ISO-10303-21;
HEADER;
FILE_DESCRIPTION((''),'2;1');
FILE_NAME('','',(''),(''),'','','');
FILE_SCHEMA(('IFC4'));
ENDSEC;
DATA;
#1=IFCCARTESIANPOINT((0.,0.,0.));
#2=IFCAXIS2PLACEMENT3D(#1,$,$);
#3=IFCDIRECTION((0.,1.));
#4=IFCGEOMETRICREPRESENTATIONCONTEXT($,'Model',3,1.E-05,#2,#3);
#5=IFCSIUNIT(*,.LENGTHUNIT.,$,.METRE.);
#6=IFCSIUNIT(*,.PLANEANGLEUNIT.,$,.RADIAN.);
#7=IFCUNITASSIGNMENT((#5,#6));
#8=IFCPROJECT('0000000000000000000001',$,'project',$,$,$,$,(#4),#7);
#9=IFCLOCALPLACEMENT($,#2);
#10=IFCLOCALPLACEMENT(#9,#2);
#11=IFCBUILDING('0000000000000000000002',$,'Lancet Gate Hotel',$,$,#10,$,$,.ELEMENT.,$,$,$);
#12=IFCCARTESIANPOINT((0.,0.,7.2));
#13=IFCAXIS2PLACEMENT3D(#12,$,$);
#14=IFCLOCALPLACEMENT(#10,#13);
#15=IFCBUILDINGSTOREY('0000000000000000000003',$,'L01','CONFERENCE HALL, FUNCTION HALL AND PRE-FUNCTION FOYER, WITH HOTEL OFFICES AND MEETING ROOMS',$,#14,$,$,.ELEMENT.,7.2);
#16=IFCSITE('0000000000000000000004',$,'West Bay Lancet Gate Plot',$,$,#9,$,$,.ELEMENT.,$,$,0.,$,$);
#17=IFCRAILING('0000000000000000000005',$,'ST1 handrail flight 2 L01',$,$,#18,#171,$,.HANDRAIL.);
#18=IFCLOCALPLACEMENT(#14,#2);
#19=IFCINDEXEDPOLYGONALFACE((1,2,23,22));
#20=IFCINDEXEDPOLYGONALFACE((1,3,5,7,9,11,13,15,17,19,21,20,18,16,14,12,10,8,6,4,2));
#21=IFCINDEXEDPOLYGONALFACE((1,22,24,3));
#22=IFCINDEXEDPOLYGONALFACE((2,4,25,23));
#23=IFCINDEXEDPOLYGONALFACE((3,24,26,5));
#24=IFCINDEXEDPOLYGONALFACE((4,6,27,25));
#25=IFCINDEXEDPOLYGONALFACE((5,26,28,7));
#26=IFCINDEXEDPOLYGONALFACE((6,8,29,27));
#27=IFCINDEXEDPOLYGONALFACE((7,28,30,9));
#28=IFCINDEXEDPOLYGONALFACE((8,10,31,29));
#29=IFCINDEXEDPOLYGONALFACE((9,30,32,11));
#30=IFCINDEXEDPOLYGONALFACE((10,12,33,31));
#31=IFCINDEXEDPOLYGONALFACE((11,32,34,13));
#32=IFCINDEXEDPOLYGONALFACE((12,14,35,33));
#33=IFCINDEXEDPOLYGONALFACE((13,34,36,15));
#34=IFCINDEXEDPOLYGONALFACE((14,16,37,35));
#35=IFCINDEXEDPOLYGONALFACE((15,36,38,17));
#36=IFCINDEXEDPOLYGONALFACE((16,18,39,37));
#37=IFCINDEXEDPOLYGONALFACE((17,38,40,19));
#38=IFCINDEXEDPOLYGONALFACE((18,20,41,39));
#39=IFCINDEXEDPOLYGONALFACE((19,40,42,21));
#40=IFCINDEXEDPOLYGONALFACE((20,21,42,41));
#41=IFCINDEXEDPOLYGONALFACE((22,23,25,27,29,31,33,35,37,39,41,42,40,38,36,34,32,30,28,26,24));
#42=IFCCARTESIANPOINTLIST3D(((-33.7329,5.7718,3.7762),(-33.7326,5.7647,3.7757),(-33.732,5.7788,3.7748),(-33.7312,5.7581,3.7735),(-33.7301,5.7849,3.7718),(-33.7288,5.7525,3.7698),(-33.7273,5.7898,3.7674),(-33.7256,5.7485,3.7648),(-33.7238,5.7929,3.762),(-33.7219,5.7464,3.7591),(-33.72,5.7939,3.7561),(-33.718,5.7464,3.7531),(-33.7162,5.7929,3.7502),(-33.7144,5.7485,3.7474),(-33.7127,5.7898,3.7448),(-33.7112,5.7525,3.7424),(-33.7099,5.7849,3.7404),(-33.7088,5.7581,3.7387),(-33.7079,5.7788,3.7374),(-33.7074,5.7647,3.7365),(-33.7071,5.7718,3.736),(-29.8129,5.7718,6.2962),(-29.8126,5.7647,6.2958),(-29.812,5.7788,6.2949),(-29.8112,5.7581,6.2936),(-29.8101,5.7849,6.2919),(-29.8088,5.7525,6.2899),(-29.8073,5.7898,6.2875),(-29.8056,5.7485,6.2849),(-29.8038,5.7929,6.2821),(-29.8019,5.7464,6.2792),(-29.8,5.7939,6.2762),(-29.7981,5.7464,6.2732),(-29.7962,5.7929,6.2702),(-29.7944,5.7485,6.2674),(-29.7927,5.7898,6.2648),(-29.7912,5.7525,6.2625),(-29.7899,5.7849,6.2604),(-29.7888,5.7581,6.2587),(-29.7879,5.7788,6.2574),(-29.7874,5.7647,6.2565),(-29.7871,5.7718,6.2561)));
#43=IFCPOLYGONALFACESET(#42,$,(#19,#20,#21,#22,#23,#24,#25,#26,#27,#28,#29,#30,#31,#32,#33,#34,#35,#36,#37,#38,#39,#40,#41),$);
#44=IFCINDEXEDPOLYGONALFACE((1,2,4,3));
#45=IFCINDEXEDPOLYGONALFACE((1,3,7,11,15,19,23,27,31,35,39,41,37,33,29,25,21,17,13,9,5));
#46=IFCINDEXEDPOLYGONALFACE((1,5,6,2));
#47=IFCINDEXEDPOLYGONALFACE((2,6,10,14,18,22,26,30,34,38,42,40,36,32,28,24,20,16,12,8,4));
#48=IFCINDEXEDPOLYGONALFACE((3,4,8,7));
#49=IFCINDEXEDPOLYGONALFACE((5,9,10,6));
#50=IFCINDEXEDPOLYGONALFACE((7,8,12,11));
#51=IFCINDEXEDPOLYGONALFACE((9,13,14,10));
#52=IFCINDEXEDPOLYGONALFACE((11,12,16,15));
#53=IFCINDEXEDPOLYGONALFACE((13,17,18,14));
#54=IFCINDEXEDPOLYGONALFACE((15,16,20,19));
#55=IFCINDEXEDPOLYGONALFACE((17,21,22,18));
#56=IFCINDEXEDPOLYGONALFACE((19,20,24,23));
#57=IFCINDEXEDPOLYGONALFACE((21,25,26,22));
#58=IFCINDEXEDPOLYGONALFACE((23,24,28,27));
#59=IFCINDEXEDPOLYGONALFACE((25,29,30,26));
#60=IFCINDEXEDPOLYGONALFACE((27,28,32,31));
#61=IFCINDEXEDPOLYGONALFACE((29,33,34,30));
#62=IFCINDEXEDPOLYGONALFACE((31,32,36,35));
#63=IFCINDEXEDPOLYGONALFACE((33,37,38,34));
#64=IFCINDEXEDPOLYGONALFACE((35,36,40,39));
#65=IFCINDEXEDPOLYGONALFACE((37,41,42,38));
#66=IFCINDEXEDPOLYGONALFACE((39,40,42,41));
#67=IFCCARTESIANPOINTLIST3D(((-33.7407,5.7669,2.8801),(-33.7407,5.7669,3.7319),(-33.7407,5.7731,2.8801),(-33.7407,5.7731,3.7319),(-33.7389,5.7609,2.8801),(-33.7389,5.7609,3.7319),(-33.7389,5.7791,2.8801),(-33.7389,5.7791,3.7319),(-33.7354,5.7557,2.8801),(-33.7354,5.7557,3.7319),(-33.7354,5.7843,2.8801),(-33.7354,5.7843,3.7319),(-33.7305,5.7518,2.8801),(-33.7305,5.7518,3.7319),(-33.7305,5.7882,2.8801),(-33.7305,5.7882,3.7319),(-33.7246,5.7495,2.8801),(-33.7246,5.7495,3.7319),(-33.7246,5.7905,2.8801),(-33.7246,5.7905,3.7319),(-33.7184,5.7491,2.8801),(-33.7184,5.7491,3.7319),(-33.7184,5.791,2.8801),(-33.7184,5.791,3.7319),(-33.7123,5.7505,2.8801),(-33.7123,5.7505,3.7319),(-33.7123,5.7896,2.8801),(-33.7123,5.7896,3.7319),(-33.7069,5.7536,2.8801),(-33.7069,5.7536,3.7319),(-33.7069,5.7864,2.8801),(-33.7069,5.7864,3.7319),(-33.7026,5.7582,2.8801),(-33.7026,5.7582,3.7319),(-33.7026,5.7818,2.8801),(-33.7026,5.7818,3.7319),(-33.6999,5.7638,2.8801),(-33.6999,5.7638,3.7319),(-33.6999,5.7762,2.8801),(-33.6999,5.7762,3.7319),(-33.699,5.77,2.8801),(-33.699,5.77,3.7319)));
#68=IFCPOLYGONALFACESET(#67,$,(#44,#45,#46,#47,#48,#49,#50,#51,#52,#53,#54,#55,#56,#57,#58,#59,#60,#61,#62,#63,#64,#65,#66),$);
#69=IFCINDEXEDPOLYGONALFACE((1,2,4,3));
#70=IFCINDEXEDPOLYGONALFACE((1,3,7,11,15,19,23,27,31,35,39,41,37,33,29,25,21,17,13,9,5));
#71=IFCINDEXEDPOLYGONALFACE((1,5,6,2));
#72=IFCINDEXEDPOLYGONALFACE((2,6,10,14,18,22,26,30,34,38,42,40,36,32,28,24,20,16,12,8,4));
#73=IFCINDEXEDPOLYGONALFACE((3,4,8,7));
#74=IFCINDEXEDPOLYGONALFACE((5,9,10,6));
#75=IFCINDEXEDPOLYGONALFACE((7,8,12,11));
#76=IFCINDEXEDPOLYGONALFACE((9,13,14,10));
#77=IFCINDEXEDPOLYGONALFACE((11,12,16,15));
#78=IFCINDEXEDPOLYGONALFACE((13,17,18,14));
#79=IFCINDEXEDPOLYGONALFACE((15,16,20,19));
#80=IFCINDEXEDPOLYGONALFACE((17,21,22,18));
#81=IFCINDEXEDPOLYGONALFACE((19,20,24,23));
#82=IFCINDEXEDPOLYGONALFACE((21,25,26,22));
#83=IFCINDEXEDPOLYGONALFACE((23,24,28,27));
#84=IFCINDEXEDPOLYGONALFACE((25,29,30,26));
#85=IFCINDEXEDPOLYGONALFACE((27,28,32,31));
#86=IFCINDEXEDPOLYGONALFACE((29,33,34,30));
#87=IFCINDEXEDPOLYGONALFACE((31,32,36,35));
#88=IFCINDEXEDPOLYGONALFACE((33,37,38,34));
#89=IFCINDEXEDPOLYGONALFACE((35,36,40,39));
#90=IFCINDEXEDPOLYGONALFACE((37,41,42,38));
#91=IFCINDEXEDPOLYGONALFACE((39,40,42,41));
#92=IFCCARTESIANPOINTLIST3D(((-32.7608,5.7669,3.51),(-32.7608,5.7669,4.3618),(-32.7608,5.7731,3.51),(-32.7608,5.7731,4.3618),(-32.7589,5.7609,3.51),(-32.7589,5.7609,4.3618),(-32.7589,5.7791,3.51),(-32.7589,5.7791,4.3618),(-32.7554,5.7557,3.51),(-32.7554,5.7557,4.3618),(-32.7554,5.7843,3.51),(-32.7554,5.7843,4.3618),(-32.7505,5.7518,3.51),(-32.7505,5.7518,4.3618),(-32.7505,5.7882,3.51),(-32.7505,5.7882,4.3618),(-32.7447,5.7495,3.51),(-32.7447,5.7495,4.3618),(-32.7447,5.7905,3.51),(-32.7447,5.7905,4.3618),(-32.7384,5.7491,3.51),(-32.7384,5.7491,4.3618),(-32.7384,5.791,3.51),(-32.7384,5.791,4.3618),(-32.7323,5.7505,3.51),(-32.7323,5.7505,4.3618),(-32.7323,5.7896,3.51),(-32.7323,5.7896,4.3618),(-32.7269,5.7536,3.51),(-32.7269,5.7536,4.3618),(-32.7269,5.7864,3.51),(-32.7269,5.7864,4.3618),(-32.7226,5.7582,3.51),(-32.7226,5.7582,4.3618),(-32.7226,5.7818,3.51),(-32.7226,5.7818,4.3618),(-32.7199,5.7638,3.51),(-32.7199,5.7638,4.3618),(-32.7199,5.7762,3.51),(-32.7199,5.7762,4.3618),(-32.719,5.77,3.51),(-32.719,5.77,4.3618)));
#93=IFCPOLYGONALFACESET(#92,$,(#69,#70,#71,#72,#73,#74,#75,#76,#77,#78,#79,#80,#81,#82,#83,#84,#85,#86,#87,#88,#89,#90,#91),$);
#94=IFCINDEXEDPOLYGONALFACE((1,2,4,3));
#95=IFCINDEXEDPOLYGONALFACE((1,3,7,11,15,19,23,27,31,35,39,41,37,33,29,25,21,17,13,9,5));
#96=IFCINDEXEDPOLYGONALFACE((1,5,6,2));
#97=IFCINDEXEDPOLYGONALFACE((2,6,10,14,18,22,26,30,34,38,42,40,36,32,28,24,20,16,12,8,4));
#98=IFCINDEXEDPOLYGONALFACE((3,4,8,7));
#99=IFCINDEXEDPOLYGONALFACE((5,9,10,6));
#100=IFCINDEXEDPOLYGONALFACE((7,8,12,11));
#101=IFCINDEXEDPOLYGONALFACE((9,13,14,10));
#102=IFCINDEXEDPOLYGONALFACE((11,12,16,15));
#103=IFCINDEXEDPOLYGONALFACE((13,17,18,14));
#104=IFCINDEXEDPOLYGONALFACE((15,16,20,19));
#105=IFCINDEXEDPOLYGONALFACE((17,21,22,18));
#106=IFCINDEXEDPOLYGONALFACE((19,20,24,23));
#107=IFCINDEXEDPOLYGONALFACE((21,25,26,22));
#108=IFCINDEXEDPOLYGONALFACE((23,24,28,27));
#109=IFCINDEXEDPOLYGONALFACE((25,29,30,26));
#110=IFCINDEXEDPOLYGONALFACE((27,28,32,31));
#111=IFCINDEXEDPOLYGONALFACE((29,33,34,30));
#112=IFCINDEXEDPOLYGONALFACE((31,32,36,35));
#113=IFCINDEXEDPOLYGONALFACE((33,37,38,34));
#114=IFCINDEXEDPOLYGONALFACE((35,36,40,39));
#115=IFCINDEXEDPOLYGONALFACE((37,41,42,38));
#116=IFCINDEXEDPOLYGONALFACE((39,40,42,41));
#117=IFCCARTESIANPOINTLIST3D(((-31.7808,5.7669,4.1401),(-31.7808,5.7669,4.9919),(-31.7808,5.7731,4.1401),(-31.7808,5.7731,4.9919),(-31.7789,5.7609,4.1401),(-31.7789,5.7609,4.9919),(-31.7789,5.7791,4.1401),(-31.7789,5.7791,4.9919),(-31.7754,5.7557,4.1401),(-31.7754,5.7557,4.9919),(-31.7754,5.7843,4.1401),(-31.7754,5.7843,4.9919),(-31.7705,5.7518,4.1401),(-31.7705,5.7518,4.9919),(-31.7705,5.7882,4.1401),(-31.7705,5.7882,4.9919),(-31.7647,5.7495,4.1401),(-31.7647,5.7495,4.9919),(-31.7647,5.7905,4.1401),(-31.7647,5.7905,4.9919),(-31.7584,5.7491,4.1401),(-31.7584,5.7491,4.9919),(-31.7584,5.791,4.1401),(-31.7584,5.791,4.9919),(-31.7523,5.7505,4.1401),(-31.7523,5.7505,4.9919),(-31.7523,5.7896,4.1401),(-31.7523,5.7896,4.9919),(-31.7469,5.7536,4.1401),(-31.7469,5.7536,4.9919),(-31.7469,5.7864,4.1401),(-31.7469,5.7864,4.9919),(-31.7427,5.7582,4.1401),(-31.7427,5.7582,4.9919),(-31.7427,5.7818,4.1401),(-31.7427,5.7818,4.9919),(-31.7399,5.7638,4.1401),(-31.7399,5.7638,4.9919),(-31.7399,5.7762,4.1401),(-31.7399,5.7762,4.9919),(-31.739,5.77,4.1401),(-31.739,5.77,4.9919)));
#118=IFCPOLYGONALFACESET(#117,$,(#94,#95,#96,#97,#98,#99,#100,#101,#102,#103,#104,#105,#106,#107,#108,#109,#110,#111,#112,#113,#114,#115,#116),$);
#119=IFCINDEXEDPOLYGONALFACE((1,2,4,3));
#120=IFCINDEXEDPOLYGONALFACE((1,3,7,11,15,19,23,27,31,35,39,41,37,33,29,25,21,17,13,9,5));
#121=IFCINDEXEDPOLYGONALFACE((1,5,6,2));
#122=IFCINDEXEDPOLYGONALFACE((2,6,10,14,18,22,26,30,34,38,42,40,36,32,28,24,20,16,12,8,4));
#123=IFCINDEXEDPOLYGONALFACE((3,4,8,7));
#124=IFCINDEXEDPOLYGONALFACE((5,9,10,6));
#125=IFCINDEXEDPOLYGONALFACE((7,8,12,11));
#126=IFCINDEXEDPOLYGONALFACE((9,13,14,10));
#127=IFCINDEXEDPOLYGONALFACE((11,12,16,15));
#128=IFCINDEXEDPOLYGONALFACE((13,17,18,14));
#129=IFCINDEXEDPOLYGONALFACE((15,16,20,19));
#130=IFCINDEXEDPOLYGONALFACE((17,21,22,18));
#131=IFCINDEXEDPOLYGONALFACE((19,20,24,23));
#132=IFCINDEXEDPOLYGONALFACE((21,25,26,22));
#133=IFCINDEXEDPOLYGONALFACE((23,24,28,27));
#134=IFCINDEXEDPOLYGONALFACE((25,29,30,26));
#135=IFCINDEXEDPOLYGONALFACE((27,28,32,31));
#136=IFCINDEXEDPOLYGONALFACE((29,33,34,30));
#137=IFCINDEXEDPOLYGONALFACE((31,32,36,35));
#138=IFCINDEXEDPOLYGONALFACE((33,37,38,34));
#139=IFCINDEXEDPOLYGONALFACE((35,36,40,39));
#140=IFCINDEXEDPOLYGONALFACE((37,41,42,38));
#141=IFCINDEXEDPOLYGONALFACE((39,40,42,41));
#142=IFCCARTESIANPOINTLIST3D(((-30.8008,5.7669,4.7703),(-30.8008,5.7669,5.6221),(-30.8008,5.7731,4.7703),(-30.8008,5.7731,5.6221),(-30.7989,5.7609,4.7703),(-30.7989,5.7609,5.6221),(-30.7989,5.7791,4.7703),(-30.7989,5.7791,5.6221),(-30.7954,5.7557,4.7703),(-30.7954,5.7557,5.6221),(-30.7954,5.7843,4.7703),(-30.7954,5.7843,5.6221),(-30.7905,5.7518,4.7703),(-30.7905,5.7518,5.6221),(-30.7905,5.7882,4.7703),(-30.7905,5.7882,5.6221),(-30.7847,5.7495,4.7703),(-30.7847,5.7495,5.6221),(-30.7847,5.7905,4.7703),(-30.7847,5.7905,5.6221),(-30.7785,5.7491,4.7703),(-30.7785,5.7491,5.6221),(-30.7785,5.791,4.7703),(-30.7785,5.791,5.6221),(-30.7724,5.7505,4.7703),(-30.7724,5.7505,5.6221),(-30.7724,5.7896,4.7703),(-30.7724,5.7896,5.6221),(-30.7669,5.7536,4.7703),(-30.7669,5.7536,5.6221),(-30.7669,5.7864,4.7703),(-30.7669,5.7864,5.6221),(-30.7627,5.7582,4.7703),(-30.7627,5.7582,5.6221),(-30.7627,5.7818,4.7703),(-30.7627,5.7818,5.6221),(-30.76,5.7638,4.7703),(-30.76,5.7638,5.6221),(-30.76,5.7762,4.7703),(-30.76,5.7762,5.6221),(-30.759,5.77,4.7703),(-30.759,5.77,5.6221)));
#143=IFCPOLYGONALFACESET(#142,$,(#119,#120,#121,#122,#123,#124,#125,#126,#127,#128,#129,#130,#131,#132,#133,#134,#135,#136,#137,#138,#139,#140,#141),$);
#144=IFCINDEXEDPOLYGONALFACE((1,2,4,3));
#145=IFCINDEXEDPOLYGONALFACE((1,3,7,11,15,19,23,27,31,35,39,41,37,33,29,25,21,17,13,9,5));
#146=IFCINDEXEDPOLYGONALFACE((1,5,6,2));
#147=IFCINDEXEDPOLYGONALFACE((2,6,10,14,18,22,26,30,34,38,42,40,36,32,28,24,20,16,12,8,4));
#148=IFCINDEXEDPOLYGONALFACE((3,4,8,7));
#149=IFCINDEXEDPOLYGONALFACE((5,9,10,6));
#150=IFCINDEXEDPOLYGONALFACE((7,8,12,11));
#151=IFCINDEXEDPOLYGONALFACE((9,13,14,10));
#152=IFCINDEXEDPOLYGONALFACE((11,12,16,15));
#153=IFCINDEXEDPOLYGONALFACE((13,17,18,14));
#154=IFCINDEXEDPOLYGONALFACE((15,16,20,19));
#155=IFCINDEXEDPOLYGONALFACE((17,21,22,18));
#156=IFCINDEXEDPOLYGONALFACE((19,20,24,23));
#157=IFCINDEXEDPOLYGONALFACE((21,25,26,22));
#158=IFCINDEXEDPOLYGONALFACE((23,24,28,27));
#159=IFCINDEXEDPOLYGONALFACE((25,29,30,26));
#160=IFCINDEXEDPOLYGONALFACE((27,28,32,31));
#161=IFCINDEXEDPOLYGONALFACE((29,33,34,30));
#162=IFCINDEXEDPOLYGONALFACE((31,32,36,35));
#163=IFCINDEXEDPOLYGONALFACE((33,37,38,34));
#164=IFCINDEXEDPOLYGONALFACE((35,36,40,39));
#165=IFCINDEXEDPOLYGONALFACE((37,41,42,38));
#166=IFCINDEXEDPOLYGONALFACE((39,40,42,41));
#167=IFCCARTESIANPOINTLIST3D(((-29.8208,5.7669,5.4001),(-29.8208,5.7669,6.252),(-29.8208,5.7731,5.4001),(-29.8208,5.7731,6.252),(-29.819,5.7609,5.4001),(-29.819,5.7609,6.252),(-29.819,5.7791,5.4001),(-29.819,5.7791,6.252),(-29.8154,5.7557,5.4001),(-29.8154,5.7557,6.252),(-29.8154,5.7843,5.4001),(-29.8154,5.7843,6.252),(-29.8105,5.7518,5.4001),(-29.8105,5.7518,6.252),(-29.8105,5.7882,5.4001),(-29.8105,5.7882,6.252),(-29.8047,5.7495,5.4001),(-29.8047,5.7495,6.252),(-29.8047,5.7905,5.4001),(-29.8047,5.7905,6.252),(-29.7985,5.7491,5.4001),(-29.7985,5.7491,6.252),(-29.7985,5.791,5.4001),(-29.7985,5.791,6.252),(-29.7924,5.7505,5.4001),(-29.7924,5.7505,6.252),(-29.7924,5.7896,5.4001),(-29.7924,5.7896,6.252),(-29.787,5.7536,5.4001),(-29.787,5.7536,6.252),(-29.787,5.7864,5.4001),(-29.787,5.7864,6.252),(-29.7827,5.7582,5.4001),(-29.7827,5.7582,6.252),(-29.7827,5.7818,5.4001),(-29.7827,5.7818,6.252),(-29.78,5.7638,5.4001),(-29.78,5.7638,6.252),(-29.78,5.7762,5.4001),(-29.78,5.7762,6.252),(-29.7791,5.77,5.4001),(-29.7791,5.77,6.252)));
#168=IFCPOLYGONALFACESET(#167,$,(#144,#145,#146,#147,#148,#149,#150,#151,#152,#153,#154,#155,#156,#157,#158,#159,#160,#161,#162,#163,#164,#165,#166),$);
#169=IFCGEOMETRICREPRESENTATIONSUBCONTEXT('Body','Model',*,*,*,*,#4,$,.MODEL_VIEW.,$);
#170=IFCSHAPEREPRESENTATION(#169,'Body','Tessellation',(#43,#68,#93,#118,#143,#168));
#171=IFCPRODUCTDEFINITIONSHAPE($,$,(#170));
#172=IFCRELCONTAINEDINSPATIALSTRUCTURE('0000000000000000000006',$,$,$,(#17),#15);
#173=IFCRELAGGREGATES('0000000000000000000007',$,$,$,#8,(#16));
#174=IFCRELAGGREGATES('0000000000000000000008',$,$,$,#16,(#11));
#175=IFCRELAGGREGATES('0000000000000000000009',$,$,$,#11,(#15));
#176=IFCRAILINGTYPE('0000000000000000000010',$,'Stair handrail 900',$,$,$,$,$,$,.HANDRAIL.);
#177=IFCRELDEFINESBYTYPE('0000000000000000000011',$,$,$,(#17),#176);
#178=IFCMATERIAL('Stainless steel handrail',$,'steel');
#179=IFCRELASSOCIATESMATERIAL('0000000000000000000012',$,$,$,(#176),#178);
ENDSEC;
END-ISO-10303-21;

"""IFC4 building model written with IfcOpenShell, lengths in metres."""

from ifc_helpers import new_model, si_unit, direction, frame, origin, origin_2d, place, context, subcontext, project, spatial, circle, extrude, material, type_object, element, save


model = new_model("IFC4")

# Units and contexts
model_context = context("Model", 3, precision=1e-05, world=origin(), true_north=direction((0.0, 1.0)))
body_context = subcontext(model_context, "Body", "Model", "MODEL_VIEW")
ifc_project = project(units=[si_unit("LENGTHUNIT", "METRE"), si_unit("PLANEANGLEUNIT", "RADIAN")], contexts=[model_context])

# Site, building, storey
site_placement = place(None, origin())
site = spatial("IfcSite", under=ifc_project, at=site_placement, Name="West Bay Lancet Gate Plot", CompositionType="ELEMENT", RefElevation=0.0)
building_placement = place(site_placement, origin())
building = spatial("IfcBuilding", under=site, at=building_placement, Name="Lancet Gate Hotel", CompositionType="ELEMENT")
storey_placement = place(building_placement, frame((0.0, 0.0, 7.2)))
storey = spatial("IfcBuildingStorey", under=building, at=storey_placement, Name="L01", Description="CONFERENCE HALL, FUNCTION HALL AND PRE-FUNCTION FOYER, WITH HOTEL OFFICES AND MEETING ROOMS", CompositionType="ELEMENT", Elevation=7.2)

# Railing
ifc_material_1 = material(Name="Stainless steel handrail", Category="steel")
railing_type = type_object("IfcRailingType", Name="Stair handrail 900", PredefinedType="HANDRAIL", material=ifc_material_1)
railing_placement = place(storey_placement, frame((-33.72, 5.77, 2.8801)))
element("IfcRailing", 1, at=railing_placement, inside=storey, type_object=railing_type, Name="ST1 handrail flight 2 L01", PredefinedType="HANDRAIL", context=body_context, shape_type="SweptSolid", body=[
    extrude(circle(Radius=0.0239, at=origin_2d()), frame((0.0, 0.0, 0.876), z_axis=(0.841172, 0.0, 0.540768), x_axis=(0.0, 1.0, 0.0)), (0.0, 0.0, 1.0), 4.6602),
    extrude(circle(Radius=0.021, at=origin_2d()), origin(), (0.0, 0.0, 1.0), 0.8518),
    extrude(circle(Radius=0.021, at=origin_2d()), frame((0.98, 0.0, 0.6299)), (0.0, 0.0, 1.0), 0.8518),
    extrude(circle(Radius=0.021, at=origin_2d()), frame((1.96, 0.0, 1.26)), (0.0, 0.0, 1.0), 0.8518),
    extrude(circle(Radius=0.021, at=origin_2d()), frame((2.9399, 0.0, 1.8901)), (0.0, 0.0, 1.0), 0.8518),
    extrude(circle(Radius=0.021, at=origin_2d()), frame((3.9199, 0.0, 2.52)), (0.0, 0.0, 1.0), 0.8518),
])

save(model, "model.ifc")
